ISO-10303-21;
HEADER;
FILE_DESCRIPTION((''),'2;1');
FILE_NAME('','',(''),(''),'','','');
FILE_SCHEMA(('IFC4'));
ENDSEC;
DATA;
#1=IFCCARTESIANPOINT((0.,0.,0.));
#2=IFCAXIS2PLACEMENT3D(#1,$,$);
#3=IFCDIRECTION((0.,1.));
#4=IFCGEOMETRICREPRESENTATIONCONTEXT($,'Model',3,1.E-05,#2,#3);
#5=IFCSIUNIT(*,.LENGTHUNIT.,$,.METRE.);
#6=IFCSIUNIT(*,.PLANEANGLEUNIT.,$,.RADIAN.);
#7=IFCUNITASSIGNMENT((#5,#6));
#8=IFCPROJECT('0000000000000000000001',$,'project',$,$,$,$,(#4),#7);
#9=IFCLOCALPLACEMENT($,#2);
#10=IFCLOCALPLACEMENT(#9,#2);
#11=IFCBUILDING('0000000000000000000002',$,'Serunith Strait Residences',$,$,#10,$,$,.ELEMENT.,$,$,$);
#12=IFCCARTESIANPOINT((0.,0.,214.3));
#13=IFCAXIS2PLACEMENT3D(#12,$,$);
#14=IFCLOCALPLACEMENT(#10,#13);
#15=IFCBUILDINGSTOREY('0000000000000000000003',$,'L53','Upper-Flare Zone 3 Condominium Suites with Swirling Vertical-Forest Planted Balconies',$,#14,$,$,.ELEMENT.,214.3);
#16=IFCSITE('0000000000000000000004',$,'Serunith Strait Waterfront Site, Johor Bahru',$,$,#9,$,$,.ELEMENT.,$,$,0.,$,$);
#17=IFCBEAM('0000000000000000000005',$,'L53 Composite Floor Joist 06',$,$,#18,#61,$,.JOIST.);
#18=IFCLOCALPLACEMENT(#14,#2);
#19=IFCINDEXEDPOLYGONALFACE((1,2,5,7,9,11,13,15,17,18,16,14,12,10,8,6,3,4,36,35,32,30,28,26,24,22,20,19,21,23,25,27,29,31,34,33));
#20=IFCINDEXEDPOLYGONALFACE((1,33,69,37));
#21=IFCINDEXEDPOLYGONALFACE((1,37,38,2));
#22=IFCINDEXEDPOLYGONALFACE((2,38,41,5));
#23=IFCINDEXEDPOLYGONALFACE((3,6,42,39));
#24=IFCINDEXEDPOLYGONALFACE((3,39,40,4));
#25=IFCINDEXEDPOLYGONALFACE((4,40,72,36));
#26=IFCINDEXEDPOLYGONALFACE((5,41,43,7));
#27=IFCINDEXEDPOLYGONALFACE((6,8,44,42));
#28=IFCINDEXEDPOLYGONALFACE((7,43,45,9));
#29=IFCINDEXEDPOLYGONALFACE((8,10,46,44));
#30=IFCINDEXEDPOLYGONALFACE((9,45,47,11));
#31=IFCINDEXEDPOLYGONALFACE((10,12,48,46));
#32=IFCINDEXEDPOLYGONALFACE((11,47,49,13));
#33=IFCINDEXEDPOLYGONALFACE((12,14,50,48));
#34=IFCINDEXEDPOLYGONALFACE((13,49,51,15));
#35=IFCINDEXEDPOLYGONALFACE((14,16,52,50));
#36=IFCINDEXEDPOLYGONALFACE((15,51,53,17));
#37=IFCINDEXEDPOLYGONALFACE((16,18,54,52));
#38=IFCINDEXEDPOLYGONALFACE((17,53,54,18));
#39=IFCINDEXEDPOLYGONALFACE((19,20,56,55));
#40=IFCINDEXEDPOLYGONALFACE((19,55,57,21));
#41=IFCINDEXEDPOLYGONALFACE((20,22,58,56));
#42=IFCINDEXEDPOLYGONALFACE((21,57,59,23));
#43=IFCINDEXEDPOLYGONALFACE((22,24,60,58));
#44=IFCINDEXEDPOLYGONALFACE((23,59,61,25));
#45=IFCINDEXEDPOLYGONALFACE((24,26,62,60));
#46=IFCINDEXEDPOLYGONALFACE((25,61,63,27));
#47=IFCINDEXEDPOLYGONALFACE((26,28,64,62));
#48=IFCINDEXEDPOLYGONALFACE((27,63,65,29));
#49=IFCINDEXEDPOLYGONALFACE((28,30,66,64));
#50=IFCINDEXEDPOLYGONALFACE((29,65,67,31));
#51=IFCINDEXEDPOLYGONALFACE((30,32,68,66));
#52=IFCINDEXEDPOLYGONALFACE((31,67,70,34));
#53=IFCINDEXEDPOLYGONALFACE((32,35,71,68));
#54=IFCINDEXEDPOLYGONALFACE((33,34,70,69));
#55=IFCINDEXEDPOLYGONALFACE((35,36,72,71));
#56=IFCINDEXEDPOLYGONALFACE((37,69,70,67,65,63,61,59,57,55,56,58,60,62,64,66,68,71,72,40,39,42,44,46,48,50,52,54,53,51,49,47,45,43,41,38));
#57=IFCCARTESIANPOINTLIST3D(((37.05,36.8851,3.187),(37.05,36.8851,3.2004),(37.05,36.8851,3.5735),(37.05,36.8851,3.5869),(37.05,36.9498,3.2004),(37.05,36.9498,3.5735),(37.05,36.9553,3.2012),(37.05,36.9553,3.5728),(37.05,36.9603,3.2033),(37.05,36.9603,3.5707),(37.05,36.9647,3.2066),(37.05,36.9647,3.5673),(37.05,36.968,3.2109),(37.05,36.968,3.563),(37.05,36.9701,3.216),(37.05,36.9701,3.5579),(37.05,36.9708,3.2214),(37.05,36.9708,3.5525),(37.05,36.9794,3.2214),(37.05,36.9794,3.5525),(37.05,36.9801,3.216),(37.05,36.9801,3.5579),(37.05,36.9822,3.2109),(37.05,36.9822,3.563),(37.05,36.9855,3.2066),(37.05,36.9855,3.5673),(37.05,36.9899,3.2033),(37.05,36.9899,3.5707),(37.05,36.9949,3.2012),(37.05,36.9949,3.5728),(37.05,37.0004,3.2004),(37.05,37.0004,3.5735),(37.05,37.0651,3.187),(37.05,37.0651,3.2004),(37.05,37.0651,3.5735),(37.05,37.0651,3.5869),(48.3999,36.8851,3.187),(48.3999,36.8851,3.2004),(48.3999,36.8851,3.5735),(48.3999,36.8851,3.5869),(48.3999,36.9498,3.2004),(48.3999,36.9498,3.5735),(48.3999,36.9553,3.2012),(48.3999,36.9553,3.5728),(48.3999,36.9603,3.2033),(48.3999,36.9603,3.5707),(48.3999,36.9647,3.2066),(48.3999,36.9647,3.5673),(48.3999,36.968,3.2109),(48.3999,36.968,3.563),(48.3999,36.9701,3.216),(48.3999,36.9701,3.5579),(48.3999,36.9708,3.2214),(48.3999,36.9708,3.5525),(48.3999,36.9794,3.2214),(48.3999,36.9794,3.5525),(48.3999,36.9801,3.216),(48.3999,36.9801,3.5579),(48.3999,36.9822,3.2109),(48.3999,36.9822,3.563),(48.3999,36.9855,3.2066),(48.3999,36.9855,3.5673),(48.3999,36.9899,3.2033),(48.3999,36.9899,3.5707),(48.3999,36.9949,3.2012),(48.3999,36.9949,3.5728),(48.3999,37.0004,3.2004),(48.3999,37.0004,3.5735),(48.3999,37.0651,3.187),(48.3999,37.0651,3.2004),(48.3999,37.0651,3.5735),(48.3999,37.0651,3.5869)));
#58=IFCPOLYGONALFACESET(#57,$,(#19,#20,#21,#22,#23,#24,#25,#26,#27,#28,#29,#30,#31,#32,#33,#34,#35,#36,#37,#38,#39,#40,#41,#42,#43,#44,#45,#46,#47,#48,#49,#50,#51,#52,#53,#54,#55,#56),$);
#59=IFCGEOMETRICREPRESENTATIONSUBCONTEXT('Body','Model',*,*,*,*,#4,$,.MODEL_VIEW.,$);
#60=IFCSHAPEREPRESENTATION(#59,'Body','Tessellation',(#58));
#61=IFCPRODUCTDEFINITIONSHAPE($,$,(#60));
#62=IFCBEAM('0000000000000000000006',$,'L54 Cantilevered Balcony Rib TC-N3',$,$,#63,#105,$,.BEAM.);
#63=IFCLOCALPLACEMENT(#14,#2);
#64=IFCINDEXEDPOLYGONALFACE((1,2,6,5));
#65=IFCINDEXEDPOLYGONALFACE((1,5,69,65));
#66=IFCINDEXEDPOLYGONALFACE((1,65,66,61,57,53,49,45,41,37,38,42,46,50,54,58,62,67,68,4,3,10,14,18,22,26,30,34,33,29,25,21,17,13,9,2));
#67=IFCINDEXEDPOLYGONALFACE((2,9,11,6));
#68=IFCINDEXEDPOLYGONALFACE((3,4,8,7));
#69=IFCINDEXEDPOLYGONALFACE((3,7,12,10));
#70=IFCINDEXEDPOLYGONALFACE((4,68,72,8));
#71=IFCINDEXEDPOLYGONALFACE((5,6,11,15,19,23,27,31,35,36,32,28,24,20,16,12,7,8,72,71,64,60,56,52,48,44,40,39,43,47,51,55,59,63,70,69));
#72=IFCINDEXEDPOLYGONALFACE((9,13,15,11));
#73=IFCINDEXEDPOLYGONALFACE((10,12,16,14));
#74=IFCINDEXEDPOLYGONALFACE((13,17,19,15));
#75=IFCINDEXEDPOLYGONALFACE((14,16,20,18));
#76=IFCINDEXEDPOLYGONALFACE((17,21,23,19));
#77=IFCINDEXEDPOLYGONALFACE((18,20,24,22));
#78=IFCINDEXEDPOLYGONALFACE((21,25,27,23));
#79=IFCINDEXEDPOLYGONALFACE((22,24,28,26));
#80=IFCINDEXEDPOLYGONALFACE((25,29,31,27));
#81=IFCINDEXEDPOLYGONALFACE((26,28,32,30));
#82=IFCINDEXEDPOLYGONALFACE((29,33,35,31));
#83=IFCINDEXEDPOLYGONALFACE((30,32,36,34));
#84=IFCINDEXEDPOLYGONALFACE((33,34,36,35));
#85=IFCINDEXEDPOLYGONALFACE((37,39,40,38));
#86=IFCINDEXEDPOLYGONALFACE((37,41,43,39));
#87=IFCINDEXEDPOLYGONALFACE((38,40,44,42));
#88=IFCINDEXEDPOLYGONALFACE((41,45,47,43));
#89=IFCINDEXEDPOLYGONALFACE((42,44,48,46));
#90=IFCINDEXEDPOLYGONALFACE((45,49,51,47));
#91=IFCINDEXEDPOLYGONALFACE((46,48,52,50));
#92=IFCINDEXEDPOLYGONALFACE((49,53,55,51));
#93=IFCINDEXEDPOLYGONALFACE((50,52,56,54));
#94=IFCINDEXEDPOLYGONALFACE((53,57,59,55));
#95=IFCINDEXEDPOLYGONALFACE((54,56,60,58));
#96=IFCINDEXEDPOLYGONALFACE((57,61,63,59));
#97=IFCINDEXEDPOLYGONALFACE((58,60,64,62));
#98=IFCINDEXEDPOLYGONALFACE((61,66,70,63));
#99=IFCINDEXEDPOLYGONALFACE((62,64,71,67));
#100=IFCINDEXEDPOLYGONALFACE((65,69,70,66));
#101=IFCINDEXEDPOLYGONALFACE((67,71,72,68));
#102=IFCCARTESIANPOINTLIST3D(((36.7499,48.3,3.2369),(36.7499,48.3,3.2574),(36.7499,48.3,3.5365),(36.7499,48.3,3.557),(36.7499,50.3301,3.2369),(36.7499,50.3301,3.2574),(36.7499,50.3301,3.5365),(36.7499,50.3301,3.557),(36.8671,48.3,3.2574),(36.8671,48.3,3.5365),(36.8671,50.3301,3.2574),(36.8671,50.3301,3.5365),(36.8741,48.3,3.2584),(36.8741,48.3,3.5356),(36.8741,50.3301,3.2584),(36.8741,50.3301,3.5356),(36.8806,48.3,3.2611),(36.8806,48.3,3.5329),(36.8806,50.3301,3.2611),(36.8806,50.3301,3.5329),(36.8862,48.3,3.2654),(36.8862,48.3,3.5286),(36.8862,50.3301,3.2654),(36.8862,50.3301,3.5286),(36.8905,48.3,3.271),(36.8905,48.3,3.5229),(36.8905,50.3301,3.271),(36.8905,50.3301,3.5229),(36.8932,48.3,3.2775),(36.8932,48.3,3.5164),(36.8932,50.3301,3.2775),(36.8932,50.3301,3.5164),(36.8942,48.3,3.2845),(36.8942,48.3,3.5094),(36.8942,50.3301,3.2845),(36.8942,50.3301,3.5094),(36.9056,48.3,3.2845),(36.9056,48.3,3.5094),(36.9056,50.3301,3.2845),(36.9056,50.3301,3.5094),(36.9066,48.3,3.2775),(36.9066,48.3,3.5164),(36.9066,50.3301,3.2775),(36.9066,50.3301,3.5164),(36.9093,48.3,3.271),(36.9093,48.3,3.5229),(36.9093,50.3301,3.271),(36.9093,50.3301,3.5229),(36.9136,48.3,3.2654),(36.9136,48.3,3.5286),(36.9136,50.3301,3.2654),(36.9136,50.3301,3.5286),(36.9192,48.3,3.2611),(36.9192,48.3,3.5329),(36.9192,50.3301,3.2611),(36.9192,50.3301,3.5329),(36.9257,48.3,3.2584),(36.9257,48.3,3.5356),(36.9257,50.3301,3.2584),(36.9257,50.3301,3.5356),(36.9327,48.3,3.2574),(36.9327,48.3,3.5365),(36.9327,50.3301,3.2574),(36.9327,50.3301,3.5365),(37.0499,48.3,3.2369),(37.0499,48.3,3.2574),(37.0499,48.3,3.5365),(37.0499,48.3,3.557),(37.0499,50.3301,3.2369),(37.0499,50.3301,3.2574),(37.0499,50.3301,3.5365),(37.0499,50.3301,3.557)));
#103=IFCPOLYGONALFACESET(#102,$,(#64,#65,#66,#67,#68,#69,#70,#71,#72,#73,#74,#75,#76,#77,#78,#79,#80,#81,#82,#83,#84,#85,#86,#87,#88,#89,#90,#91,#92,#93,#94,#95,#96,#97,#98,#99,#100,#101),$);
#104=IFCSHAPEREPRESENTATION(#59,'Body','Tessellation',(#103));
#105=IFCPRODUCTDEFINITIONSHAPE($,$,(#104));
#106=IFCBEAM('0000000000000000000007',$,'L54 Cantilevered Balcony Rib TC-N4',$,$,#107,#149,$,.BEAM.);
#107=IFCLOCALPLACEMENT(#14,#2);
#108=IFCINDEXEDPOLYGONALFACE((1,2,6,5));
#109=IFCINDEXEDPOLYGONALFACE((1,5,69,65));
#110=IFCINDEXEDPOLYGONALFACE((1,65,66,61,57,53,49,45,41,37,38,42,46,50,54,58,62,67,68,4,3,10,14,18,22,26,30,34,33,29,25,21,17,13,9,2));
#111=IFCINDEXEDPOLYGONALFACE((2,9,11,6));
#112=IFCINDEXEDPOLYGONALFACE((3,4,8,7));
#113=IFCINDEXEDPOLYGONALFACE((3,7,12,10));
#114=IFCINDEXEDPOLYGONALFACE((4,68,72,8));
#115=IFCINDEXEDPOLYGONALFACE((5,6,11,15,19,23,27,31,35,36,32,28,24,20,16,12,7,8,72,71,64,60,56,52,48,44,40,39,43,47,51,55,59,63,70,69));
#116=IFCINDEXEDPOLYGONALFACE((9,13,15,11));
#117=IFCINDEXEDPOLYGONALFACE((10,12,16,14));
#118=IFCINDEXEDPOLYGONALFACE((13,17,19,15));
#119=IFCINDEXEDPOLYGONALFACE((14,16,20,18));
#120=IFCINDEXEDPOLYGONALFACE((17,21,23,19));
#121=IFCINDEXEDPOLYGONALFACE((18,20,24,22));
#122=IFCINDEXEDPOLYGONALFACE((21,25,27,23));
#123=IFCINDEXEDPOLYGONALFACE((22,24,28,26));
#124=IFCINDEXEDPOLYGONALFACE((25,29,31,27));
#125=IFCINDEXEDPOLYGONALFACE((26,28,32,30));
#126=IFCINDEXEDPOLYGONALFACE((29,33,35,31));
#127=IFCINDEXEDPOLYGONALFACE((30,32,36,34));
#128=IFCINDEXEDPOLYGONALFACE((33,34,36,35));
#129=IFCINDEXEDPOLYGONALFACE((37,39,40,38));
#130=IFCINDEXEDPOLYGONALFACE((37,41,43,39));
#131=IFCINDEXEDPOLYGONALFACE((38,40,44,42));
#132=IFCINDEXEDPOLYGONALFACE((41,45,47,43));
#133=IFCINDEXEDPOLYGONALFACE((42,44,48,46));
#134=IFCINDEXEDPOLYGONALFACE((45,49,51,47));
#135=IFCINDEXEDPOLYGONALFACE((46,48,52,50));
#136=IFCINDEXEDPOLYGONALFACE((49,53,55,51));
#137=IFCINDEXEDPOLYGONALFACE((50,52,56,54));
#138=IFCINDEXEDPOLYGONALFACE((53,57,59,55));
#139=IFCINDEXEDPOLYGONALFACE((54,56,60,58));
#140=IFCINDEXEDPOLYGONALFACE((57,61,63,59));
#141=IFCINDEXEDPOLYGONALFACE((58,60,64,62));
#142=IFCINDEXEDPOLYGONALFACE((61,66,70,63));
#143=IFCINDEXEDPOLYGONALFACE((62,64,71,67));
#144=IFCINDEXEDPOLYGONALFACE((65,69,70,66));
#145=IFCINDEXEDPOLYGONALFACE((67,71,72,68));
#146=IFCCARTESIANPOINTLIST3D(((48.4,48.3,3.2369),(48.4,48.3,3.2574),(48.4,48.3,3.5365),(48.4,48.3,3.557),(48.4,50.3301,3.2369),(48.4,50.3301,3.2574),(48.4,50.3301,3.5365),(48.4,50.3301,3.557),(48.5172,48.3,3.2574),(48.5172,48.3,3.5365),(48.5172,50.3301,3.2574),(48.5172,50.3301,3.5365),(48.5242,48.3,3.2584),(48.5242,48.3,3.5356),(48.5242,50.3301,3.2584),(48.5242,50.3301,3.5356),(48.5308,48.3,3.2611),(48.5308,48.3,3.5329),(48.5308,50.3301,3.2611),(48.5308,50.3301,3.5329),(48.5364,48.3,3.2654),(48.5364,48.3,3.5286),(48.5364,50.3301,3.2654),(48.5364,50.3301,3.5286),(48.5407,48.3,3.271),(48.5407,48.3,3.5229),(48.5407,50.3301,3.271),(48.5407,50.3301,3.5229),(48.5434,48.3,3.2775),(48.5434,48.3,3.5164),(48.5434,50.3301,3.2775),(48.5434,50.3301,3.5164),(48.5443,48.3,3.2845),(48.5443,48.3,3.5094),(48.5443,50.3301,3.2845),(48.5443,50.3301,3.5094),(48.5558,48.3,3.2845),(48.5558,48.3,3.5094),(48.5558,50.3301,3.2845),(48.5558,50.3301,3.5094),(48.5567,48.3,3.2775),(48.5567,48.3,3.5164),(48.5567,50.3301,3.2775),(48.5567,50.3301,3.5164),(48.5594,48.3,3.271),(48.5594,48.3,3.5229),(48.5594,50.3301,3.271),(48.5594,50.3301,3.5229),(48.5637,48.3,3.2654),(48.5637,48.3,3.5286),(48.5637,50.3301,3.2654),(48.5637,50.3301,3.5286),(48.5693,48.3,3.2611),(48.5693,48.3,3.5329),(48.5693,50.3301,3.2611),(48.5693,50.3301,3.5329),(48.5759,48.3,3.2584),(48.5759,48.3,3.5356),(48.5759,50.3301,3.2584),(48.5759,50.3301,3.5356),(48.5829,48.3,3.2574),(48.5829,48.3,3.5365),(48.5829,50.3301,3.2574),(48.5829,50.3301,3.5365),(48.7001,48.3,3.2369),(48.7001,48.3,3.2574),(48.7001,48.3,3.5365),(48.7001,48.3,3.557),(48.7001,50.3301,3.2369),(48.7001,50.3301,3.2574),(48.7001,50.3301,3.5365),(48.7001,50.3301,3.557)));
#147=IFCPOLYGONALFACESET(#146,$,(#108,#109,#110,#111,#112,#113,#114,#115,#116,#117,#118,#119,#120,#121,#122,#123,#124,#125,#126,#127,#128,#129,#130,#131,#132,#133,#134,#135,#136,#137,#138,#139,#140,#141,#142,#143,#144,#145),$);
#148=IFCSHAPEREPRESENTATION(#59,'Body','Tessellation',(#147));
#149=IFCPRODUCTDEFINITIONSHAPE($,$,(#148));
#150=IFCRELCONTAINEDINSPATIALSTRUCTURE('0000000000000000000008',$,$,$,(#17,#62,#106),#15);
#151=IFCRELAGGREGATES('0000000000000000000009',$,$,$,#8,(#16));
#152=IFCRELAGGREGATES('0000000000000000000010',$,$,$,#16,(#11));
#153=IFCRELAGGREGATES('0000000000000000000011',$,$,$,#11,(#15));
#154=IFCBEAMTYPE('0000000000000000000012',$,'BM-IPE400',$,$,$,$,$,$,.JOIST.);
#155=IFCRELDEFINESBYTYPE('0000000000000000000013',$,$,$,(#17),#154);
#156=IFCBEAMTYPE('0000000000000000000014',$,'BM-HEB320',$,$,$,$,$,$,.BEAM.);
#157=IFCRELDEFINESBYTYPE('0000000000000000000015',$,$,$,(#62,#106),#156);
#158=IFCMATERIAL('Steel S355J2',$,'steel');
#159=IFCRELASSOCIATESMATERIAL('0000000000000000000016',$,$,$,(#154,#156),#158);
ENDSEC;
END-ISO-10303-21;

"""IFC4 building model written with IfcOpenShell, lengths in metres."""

from ifc_helpers import new_model, si_unit, direction, frame, origin, origin_2d, place, context, subcontext, project, spatial, i_section, extrude, source, transform, mapped, material, material_profile, profile_set, type_object, element, save


model = new_model("IFC4")

# Units and contexts
model_context = context("Model", 3, precision=1e-05, world=origin(), true_north=direction((0.0, 1.0)))
body_context = subcontext(model_context, "Body", "Model", "MODEL_VIEW")
ifc_project = project(units=[si_unit("LENGTHUNIT", "METRE"), si_unit("PLANEANGLEUNIT", "RADIAN")], contexts=[model_context])

# Site, building, storey
site_placement = place(None, origin())
site = spatial("IfcSite", under=ifc_project, at=site_placement, Name="Serunith Strait Waterfront Site, Johor Bahru", CompositionType="ELEMENT", RefElevation=0.0)
building_placement = place(site_placement, origin())
building = spatial("IfcBuilding", under=site, at=building_placement, Name="Serunith Strait Residences", CompositionType="ELEMENT")
storey_placement = place(building_placement, frame((0.0, 0.0, 214.3)))
storey = spatial("IfcBuildingStorey", under=building, at=storey_placement, Name="L53", Description="Upper-Flare Zone 3 Condominium Suites with Swirling Vertical-Forest Planted Balconies", CompositionType="ELEMENT", Elevation=214.3)

# Beams
ifc_material_1 = material(Name="Steel S355J2", Category="steel")
ifc_material_profile_1 = material_profile(ifc_material_1, i_section(OverallWidth=0.1799, OverallDepth=0.3999, WebThickness=0.0085, FlangeThickness=0.0134, FilletRadius=0.021, at=origin_2d()), Name="IPE 400")
ifc_profile_set_1 = profile_set([ifc_material_profile_1], Name="Steel S355J2")
beam_type_1 = type_object("IfcBeamType", Name="BM-IPE400", PredefinedType="JOIST", material=ifc_profile_set_1)
shared_shape_1 = source(origin(), body_context, "Body", "SweptSolid", [
    extrude(i_section(OverallWidth=0.1799, OverallDepth=0.3999, WebThickness=0.0085, FlangeThickness=0.0134, FilletRadius=0.021, at=origin_2d()), origin(), (0.0, 0.0, 1.0), 11.3499),
])
beam_1_placement = place(storey_placement, frame((37.05, 36.9751, 3.387), z_axis=(1.0, 0.0, 0.0), x_axis=(0.0, 1.0, 0.0)))
element("IfcBeam", 1, at=beam_1_placement, inside=storey, type_object=beam_type_1, Name="L53 Composite Floor Joist 06", PredefinedType="JOIST", context=body_context, shape_type="MappedRepresentation", body=[
    mapped(shared_shape_1, transform((0.0, 0.0, 0.0), scale=1.0)),
])
ifc_material_profile_2 = material_profile(ifc_material_1, i_section(OverallWidth=0.3, OverallDepth=0.3201, WebThickness=0.0115, FlangeThickness=0.0205, FilletRadius=0.0271, at=origin_2d()), Name="HEB 320")
ifc_profile_set_2 = profile_set([ifc_material_profile_2], Name="Steel S355J2")
beam_type_2 = type_object("IfcBeamType", Name="BM-HEB320", PredefinedType="BEAM", material=ifc_profile_set_2)
shared_shape_2 = source(origin(), body_context, "Body", "SweptSolid", [
    extrude(i_section(OverallWidth=0.3, OverallDepth=0.3201, WebThickness=0.0115, FlangeThickness=0.0205, FilletRadius=0.0271, at=origin_2d()), origin(), (0.0, 0.0, 1.0), 2.03),
])
for number, where, z_axis, x_axis, name in (
    (2, (36.8999, 48.3, 3.397), (0.0, 1.0, 0.0), (-1.0, 0.0, 0.0), "L54 Cantilevered Balcony Rib TC-N3"),
    (3, (48.55, 48.3, 3.397), (0.0, 1.0, 0.0), (-1.0, 0.0, 0.0), "L54 Cantilevered Balcony Rib TC-N4"),
):
    element("IfcBeam", number, at=place(storey_placement, frame(where, z_axis=z_axis, x_axis=x_axis)), inside=storey, type_object=beam_type_2, Name=name, PredefinedType="BEAM", context=body_context, shape_type="MappedRepresentation", body=[
        mapped(shared_shape_2, transform((0.0, 0.0, 0.0), scale=1.0)),
    ])

save(model, "model.ifc")
